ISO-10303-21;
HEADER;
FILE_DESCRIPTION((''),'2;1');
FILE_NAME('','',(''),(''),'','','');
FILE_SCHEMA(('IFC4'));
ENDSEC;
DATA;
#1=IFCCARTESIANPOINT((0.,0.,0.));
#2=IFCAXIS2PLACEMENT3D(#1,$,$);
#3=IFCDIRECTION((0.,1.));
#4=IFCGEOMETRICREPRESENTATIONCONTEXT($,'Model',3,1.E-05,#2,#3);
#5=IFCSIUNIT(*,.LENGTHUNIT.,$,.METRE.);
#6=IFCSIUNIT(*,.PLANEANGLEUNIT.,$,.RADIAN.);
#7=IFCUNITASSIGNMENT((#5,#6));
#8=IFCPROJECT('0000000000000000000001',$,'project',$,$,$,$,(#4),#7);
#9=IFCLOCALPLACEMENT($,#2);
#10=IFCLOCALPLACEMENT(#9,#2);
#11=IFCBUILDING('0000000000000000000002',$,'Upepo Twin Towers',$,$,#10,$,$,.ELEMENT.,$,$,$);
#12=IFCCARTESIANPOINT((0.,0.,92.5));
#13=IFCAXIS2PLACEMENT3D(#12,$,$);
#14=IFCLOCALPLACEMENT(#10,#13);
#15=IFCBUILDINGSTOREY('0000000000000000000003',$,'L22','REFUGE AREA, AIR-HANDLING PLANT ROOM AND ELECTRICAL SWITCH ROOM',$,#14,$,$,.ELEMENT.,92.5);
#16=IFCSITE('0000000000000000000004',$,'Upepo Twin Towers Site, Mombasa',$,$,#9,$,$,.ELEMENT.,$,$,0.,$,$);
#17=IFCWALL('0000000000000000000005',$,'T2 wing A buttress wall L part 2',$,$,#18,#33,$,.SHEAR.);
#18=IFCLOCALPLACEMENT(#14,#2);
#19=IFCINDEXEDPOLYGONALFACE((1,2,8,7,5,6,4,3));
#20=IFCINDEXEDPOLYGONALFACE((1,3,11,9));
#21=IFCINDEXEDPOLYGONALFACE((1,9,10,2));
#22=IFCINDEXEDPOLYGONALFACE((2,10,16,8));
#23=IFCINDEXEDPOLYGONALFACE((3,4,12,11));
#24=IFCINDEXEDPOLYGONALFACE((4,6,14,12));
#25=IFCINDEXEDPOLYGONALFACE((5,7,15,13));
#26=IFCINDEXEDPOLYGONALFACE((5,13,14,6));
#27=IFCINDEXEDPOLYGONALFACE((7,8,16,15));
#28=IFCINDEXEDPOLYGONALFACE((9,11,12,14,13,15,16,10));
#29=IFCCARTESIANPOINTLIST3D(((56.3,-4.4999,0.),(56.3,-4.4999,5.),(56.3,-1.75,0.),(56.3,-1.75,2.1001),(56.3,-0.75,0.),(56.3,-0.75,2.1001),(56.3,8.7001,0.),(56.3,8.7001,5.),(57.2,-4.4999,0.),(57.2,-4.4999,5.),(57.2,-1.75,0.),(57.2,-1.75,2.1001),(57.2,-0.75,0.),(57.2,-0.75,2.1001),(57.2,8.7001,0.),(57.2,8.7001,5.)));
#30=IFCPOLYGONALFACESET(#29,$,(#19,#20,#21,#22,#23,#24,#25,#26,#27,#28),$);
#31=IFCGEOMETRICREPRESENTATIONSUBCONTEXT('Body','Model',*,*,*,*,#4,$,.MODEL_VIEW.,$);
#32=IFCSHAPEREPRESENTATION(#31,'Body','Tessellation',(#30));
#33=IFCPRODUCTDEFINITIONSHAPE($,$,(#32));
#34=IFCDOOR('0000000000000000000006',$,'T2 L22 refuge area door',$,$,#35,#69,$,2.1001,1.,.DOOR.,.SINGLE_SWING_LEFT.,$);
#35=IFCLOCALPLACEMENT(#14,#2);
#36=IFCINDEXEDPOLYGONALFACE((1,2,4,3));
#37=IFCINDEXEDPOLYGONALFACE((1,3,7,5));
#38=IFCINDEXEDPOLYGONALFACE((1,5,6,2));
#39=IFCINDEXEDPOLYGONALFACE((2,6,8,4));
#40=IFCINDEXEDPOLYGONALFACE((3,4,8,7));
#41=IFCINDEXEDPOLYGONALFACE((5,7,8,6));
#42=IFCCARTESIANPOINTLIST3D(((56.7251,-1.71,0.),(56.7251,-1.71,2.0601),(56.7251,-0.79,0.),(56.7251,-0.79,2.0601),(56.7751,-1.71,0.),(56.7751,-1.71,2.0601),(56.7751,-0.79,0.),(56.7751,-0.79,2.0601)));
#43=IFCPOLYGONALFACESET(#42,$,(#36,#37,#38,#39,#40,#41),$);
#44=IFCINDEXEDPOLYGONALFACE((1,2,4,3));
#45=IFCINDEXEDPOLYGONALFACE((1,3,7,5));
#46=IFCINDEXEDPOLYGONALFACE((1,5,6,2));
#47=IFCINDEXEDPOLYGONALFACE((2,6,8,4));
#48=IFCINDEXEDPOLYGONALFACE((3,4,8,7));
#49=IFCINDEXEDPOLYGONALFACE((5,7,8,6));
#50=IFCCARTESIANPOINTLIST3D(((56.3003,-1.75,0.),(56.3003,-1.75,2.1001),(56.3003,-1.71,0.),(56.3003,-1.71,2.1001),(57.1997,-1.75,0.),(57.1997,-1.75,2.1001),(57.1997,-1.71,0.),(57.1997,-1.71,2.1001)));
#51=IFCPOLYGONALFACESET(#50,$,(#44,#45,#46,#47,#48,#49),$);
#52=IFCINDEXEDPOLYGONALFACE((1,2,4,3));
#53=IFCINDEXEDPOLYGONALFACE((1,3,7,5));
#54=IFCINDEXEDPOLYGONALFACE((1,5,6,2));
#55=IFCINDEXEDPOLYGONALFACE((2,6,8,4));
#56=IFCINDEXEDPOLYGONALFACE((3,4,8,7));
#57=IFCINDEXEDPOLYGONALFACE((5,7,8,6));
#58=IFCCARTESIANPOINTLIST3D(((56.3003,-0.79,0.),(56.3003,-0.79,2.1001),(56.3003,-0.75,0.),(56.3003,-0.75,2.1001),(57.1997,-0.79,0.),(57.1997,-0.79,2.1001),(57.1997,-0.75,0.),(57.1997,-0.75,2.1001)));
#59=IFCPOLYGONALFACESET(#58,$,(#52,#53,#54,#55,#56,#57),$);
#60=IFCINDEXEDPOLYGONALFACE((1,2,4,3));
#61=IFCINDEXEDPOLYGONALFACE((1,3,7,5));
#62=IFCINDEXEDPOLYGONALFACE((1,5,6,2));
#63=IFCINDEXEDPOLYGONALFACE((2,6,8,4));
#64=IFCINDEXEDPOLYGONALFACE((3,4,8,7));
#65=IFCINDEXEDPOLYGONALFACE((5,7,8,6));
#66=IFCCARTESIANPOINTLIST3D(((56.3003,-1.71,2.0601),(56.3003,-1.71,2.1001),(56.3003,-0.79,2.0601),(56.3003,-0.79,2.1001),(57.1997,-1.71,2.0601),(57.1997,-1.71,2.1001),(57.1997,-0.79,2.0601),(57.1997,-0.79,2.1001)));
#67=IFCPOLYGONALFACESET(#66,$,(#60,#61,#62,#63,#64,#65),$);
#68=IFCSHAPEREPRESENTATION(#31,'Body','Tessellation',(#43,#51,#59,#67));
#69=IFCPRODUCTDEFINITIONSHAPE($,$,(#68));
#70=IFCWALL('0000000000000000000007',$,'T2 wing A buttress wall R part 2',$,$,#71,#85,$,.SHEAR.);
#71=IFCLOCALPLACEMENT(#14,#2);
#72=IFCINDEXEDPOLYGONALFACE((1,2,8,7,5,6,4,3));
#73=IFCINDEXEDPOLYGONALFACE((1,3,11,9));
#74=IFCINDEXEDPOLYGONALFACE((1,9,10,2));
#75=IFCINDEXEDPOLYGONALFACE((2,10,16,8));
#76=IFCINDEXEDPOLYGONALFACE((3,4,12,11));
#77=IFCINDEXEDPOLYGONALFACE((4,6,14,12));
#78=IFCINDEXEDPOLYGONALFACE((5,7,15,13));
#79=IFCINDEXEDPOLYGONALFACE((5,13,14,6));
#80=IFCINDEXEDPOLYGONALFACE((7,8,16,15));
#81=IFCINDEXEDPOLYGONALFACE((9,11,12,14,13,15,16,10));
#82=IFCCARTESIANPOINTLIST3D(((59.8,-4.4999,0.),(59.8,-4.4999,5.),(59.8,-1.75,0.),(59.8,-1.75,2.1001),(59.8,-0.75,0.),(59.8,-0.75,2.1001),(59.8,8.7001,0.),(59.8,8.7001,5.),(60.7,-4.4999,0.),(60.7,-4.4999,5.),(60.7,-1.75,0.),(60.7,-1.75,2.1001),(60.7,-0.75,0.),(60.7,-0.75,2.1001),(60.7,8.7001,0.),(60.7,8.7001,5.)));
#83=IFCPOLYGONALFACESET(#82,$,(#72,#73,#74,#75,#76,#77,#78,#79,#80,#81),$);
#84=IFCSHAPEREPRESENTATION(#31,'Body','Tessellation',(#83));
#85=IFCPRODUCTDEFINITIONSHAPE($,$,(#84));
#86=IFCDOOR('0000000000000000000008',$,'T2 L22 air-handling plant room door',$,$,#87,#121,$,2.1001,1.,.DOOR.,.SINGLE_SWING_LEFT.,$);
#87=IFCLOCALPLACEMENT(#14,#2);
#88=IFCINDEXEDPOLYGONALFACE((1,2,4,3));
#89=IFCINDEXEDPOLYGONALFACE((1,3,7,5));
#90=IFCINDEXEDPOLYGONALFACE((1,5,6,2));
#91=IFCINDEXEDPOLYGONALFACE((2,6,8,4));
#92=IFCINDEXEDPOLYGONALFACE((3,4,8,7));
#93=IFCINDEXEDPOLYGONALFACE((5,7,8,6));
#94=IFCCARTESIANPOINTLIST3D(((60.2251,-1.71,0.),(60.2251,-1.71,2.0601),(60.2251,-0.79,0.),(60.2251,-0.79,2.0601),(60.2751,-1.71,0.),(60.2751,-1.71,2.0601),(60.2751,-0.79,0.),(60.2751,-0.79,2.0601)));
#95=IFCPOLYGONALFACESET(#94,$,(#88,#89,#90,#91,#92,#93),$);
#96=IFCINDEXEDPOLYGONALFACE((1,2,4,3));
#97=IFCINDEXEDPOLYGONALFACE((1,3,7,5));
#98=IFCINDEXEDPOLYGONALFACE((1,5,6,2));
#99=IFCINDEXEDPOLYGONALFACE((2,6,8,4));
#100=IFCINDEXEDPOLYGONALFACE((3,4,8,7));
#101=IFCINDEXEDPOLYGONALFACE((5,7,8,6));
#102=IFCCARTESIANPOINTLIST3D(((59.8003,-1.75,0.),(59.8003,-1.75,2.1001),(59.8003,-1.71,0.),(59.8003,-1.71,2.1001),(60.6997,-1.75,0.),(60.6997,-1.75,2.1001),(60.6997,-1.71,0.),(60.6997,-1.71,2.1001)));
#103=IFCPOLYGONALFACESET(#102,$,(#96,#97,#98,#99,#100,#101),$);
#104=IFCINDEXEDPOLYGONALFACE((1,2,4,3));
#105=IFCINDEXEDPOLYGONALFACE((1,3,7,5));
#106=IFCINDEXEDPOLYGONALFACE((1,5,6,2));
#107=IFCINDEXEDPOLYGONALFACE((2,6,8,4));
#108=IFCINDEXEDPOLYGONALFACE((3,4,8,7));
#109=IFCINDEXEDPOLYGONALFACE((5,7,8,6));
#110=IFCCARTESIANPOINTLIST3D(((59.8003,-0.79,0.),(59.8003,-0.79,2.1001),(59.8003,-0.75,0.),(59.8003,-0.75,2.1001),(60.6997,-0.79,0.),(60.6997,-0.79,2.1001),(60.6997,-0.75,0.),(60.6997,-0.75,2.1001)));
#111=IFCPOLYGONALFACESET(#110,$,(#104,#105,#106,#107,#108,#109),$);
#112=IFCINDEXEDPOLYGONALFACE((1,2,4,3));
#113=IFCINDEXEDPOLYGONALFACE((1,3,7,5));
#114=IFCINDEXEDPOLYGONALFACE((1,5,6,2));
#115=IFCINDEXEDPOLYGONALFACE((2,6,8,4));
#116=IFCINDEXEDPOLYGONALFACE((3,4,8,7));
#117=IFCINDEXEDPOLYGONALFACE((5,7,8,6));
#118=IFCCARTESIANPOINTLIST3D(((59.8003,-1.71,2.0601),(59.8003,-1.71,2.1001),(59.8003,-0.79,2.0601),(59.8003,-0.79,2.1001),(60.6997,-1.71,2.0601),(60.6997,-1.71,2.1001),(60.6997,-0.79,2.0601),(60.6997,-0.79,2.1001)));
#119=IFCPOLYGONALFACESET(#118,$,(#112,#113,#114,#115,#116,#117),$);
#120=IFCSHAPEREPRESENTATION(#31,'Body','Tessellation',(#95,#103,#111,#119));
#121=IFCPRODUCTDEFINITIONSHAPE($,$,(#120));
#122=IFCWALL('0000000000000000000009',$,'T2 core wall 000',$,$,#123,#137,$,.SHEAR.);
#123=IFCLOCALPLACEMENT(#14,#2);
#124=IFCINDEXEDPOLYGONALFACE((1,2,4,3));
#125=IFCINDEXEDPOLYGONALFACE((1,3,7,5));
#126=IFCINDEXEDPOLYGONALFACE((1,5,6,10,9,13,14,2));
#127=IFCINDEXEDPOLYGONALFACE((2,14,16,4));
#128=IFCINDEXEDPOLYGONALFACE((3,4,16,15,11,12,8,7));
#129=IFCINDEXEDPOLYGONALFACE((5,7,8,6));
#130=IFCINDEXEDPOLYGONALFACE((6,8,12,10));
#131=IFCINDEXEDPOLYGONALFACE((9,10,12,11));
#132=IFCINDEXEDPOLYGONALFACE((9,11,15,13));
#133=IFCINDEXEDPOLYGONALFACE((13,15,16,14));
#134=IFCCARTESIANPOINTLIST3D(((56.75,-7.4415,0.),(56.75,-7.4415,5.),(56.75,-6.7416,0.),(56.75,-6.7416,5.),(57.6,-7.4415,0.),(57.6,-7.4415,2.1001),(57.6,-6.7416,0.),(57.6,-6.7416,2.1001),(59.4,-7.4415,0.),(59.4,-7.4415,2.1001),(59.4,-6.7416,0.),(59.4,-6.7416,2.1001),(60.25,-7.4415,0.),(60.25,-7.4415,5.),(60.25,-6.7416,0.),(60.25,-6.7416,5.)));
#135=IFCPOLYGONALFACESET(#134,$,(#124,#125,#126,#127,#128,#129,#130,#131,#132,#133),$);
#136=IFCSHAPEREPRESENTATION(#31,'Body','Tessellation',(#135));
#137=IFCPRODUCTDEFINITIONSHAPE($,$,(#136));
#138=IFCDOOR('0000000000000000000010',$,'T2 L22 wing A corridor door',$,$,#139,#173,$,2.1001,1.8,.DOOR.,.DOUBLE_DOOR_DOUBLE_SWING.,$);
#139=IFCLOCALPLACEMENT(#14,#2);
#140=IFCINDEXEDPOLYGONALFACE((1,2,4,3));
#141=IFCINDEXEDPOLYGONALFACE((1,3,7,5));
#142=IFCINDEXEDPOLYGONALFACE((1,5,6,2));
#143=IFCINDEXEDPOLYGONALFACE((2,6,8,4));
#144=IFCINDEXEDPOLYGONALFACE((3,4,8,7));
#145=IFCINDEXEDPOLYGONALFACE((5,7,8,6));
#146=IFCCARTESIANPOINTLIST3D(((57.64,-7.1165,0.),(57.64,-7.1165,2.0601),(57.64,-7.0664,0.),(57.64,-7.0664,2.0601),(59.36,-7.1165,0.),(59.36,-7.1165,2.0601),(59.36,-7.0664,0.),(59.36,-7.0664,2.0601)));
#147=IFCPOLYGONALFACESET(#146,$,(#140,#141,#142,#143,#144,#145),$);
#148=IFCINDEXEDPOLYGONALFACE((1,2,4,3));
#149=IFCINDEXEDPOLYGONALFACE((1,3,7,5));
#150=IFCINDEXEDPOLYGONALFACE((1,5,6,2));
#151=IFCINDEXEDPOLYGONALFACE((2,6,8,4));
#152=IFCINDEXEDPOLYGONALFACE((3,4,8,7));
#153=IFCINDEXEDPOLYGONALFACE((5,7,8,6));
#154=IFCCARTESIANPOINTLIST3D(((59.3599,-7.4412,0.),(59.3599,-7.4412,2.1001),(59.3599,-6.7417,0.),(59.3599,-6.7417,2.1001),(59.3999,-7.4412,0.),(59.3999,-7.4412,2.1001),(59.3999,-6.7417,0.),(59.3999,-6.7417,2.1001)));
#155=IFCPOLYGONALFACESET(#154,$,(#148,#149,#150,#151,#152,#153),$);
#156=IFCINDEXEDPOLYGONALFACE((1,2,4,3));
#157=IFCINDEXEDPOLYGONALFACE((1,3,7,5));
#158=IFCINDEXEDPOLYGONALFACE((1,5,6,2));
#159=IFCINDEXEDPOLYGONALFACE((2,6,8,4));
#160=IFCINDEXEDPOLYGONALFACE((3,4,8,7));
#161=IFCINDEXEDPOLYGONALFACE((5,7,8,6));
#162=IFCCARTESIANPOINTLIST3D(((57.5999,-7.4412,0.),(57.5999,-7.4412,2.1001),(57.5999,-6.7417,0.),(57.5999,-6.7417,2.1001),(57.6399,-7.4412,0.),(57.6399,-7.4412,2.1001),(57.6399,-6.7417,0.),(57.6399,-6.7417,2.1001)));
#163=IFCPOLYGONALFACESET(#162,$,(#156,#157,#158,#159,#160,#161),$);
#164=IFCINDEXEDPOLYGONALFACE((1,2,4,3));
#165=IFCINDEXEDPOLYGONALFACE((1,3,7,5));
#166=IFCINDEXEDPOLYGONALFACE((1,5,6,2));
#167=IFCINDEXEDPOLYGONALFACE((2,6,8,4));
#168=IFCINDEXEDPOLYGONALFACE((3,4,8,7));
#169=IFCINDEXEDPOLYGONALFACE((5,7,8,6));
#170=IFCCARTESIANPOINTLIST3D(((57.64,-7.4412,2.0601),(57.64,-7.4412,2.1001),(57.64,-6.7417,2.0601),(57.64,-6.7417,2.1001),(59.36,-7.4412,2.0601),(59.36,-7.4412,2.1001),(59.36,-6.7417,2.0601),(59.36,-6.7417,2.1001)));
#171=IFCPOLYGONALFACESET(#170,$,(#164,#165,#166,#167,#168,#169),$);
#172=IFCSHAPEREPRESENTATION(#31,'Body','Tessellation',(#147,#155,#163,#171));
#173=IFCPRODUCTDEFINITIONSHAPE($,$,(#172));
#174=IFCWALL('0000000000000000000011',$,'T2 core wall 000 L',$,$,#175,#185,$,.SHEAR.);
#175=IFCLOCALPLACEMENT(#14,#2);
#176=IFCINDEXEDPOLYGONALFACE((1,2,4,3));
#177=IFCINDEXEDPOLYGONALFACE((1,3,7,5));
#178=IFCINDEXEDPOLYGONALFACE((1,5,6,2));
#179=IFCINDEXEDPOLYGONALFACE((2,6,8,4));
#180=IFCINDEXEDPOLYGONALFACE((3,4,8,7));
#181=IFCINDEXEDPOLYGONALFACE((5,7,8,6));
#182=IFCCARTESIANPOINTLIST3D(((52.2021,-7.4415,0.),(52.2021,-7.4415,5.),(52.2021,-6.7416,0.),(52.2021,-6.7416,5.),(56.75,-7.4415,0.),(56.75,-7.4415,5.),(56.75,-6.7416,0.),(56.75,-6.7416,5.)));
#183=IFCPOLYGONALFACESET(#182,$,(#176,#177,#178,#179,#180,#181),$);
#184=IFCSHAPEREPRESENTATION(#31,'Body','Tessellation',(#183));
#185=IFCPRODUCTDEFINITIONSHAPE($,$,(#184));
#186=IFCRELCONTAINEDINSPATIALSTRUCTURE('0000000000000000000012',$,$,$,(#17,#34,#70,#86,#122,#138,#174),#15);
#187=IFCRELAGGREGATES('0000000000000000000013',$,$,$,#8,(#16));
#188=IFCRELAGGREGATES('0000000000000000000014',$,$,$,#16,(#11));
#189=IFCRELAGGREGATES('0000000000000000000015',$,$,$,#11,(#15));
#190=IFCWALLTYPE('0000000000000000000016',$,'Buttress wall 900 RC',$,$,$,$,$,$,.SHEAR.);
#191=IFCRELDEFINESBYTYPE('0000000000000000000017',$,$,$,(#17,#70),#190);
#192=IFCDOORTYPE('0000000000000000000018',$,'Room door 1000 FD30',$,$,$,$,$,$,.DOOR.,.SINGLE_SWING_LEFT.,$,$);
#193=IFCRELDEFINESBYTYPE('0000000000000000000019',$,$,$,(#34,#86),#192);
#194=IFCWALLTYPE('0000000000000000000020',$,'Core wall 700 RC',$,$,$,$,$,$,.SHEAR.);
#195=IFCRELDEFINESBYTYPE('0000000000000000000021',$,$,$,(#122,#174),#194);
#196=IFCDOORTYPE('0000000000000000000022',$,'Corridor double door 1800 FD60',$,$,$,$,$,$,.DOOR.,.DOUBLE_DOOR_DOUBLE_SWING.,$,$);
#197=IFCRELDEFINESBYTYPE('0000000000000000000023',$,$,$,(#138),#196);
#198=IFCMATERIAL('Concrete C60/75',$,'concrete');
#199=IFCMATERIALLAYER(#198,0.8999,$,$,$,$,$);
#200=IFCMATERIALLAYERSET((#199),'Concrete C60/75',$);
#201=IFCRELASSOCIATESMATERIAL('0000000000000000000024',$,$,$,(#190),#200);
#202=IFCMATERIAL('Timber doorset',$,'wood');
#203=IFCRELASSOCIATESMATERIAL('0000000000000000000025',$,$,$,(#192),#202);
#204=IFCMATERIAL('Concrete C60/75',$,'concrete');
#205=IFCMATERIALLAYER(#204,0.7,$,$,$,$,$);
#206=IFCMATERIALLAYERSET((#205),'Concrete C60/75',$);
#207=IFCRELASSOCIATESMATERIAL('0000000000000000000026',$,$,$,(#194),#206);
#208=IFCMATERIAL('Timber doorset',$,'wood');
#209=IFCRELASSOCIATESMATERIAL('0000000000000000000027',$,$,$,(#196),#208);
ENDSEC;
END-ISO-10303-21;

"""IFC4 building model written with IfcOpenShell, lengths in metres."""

from ifc_helpers import new_model, si_unit, direction, frame, frame_2d, origin, place, context, subcontext, project, spatial, rectangle, extrude, material, layer, layer_set, type_object, element, fill, save


model = new_model("IFC4")

# Units and contexts
model_context = context("Model", 3, precision=1e-05, world=origin(), true_north=direction((0.0, 1.0)))
body_context = subcontext(model_context, "Body", "Model", "MODEL_VIEW")
ifc_project = project(units=[si_unit("LENGTHUNIT", "METRE"), si_unit("PLANEANGLEUNIT", "RADIAN")], contexts=[model_context])

# Site, building, storey
site_placement = place(None, origin())
site = spatial("IfcSite", under=ifc_project, at=site_placement, Name="Upepo Twin Towers Site, Mombasa", CompositionType="ELEMENT", RefElevation=0.0)
building_placement = place(site_placement, origin())
building = spatial("IfcBuilding", under=site, at=building_placement, Name="Upepo Twin Towers", CompositionType="ELEMENT")
storey_placement = place(building_placement, frame((0.0, 0.0, 92.5)))
storey = spatial("IfcBuildingStorey", under=building, at=storey_placement, Name="L22", Description="REFUGE AREA, AIR-HANDLING PLANT ROOM AND ELECTRICAL SWITCH ROOM", CompositionType="ELEMENT", Elevation=92.5)

# Walls, openings, doors
ifc_material_1 = material(Name="Concrete C60/75", Category="concrete")
ifc_layer_1 = layer(ifc_material_1, 0.8999)
ifc_layer_set_1 = layer_set([ifc_layer_1], Name="Concrete C60/75")
wall_type_1 = type_object("IfcWallType", Name="Buttress wall 900 RC", PredefinedType="SHEAR", material=ifc_layer_set_1)
wall_1_placement = place(storey_placement, frame((56.75, -4.5, 0.0), z_axis=(0.0, 0.0, 1.0), x_axis=(0.0, 1.0, 0.0)))
wall_1 = element("IfcWall", 1, at=wall_1_placement, inside=storey, type_object=wall_type_1, Name="T2 wing A buttress wall L part 2", PredefinedType="SHEAR", context=body_context, shape_type="SweptSolid", body=[
    extrude(rectangle(XDim=13.2, YDim=0.8999, at=frame_2d((6.6001, 0.0))), origin(), (0.0, 0.0, 1.0), 5.0),
])
opening_1_placement = place(wall_1_placement, frame((2.75, 0.0, 0.0)))
opening_1 = element("IfcOpeningElement", 2, at=opening_1_placement, cuts=wall_1, PredefinedType="OPENING", context=body_context, shape_type="SweptSolid", body=[
    extrude(rectangle(XDim=1.0, YDim=2.1001, at=frame_2d((0.5, 1.05))), frame((0.0, 0.46, 0.0), z_axis=(0.0, -1.0, 0.0), x_axis=(1.0, 0.0, 0.0)), (0.0, 0.0, 1.0), 0.9199),
])
ifc_material_2 = material(Name="Timber doorset", Category="wood")
door_type_1 = type_object("IfcDoorType", Name="Room door 1000 FD30", OperationType="SINGLE_SWING_LEFT", PredefinedType="DOOR", material=ifc_material_2)
door_1_placement = place(opening_1_placement, origin())
door_1 = element("IfcDoor", 3, at=door_1_placement, inside=storey, type_object=door_type_1, Name="T2 L22 refuge area door", OperationType="SINGLE_SWING_LEFT", OverallHeight=2.1001, OverallWidth=1.0, PredefinedType="DOOR", context=body_context, shape_type="SweptSolid", body=[
    extrude(rectangle(XDim=0.92, YDim=2.0601, at=frame_2d((0.5, 1.03))), frame((0.0, 0.0249, 0.0), z_axis=(0.0, -1.0, 0.0), x_axis=(1.0, 0.0, 0.0)), (0.0, 0.0, 1.0), 0.05),
    extrude(rectangle(XDim=0.04, YDim=2.1001, at=frame_2d((0.02, 1.05))), frame((0.0, 0.4497, 0.0), z_axis=(0.0, -1.0, 0.0), x_axis=(1.0, 0.0, 0.0)), (0.0, 0.0, 1.0), 0.8994),
    extrude(rectangle(XDim=0.04, YDim=2.1001, at=frame_2d((0.98, 1.05))), frame((0.0, 0.4497, 0.0), z_axis=(0.0, -1.0, 0.0), x_axis=(1.0, 0.0, 0.0)), (0.0, 0.0, 1.0), 0.8994),
    extrude(rectangle(XDim=0.92, YDim=0.04, at=frame_2d((0.5, 2.0801))), frame((0.0, 0.4497, 0.0), z_axis=(0.0, -1.0, 0.0), x_axis=(1.0, 0.0, 0.0)), (0.0, 0.0, 1.0), 0.8994),
])
fill(opening_1, door_1)
wall_2_placement = place(storey_placement, frame((60.25, -4.5, 0.0), z_axis=(0.0, 0.0, 1.0), x_axis=(0.0, 1.0, 0.0)))
wall_2 = element("IfcWall", 4, at=wall_2_placement, inside=storey, type_object=wall_type_1, Name="T2 wing A buttress wall R part 2", PredefinedType="SHEAR", context=body_context, shape_type="SweptSolid", body=[
    extrude(rectangle(XDim=13.2, YDim=0.8999, at=frame_2d((6.6001, 0.0))), origin(), (0.0, 0.0, 1.0), 5.0),
])
opening_2_placement = place(wall_2_placement, frame((2.75, 0.0, 0.0)))
opening_2 = element("IfcOpeningElement", 5, at=opening_2_placement, cuts=wall_2, PredefinedType="OPENING", context=body_context, shape_type="SweptSolid", body=[
    extrude(rectangle(XDim=1.0, YDim=2.1001, at=frame_2d((0.5, 1.05))), frame((0.0, 0.46, 0.0), z_axis=(0.0, -1.0, 0.0), x_axis=(1.0, 0.0, 0.0)), (0.0, 0.0, 1.0), 0.9199),
])
door_2_placement = place(opening_2_placement, origin())
door_2 = element("IfcDoor", 6, at=door_2_placement, inside=storey, type_object=door_type_1, Name="T2 L22 air-handling plant room door", OperationType="SINGLE_SWING_LEFT", OverallHeight=2.1001, OverallWidth=1.0, PredefinedType="DOOR", context=body_context, shape_type="SweptSolid", body=[
    extrude(rectangle(XDim=0.92, YDim=2.0601, at=frame_2d((0.5, 1.03))), frame((0.0, 0.0249, 0.0), z_axis=(0.0, -1.0, 0.0), x_axis=(1.0, 0.0, 0.0)), (0.0, 0.0, 1.0), 0.05),
    extrude(rectangle(XDim=0.04, YDim=2.1001, at=frame_2d((0.02, 1.05))), frame((0.0, 0.4497, 0.0), z_axis=(0.0, -1.0, 0.0), x_axis=(1.0, 0.0, 0.0)), (0.0, 0.0, 1.0), 0.8994),
    extrude(rectangle(XDim=0.04, YDim=2.1001, at=frame_2d((0.98, 1.05))), frame((0.0, 0.4497, 0.0), z_axis=(0.0, -1.0, 0.0), x_axis=(1.0, 0.0, 0.0)), (0.0, 0.0, 1.0), 0.8994),
    extrude(rectangle(XDim=0.92, YDim=0.04, at=frame_2d((0.5, 2.0801))), frame((0.0, 0.4497, 0.0), z_axis=(0.0, -1.0, 0.0), x_axis=(1.0, 0.0, 0.0)), (0.0, 0.0, 1.0), 0.8994),
])
fill(opening_2, door_2)
ifc_material_3 = material(Name="Concrete C60/75", Category="concrete")
ifc_layer_2 = layer(ifc_material_3, 0.7)
ifc_layer_set_2 = layer_set([ifc_layer_2], Name="Concrete C60/75")
wall_type_2 = type_object("IfcWallType", Name="Core wall 700 RC", PredefinedType="SHEAR", material=ifc_layer_set_2)
wall_3_placement = place(storey_placement, frame((60.25, -7.0916, 0.0), z_axis=(0.0, 0.0, 1.0), x_axis=(-1.0, 0.0, 0.0)))
wall_3 = element("IfcWall", 7, at=wall_3_placement, inside=storey, type_object=wall_type_2, Name="T2 core wall 000", PredefinedType="SHEAR", context=body_context, shape_type="SweptSolid", body=[
    extrude(rectangle(XDim=3.5, YDim=0.7, at=frame_2d((1.75, 0.0))), origin(), (0.0, 0.0, 1.0), 5.0),
])
opening_3_placement = place(wall_3_placement, frame((0.8501, 0.0, 0.0)))
opening_3 = element("IfcOpeningElement", 8, at=opening_3_placement, cuts=wall_3, PredefinedType="OPENING", context=body_context, shape_type="SweptSolid", body=[
    extrude(rectangle(XDim=1.8, YDim=2.1001, at=frame_2d((0.8999, 1.05))), frame((0.0, 0.3599, 0.0), z_axis=(0.0, -1.0, 0.0), x_axis=(1.0, 0.0, 0.0)), (0.0, 0.0, 1.0), 0.72),
])
ifc_material_4 = material(Name="Timber doorset", Category="wood")
door_type_2 = type_object("IfcDoorType", Name="Corridor double door 1800 FD60", OperationType="DOUBLE_DOOR_DOUBLE_SWING", PredefinedType="DOOR", material=ifc_material_4)
door_3_placement = place(opening_3_placement, origin())
door_3 = element("IfcDoor", 9, at=door_3_placement, inside=storey, type_object=door_type_2, Name="T2 L22 wing A corridor door", OperationType="DOUBLE_DOOR_DOUBLE_SWING", OverallHeight=2.1001, OverallWidth=1.8, PredefinedType="DOOR", context=body_context, shape_type="SweptSolid", body=[
    extrude(rectangle(XDim=1.72, YDim=2.0601, at=frame_2d((0.8999, 1.03))), frame((0.0, 0.0249, 0.0), z_axis=(0.0, -1.0, 0.0), x_axis=(1.0, 0.0, 0.0)), (0.0, 0.0, 1.0), 0.05),
    extrude(rectangle(XDim=0.04, YDim=2.1001, at=frame_2d((0.02, 1.05))), frame((0.0, 0.3496, 0.0), z_axis=(0.0, -1.0, 0.0), x_axis=(1.0, 0.0, 0.0)), (0.0, 0.0, 1.0), 0.6995),
    extrude(rectangle(XDim=0.04, YDim=2.1001, at=frame_2d((1.78, 1.05))), frame((0.0, 0.3496, 0.0), z_axis=(0.0, -1.0, 0.0), x_axis=(1.0, 0.0, 0.0)), (0.0, 0.0, 1.0), 0.6995),
    extrude(rectangle(XDim=1.72, YDim=0.04, at=frame_2d((0.8999, 2.0801))), frame((0.0, 0.3496, 0.0), z_axis=(0.0, -1.0, 0.0), x_axis=(1.0, 0.0, 0.0)), (0.0, 0.0, 1.0), 0.6995),
])
fill(opening_3, door_3)

# Wall
wall_4_placement = place(storey_placement, frame((56.75, -7.0916, 0.0), z_axis=(0.0, 0.0, 1.0), x_axis=(-1.0, 0.0, 0.0)))
element("IfcWall", 10, at=wall_4_placement, inside=storey, type_object=wall_type_2, Name="T2 core wall 000 L", PredefinedType="SHEAR", context=body_context, shape_type="SweptSolid", body=[
    extrude(rectangle(XDim=4.5479, YDim=0.7, at=frame_2d((2.2739, 0.0))), origin(), (0.0, 0.0, 1.0), 5.0),
])

save(model, "model.ifc")
